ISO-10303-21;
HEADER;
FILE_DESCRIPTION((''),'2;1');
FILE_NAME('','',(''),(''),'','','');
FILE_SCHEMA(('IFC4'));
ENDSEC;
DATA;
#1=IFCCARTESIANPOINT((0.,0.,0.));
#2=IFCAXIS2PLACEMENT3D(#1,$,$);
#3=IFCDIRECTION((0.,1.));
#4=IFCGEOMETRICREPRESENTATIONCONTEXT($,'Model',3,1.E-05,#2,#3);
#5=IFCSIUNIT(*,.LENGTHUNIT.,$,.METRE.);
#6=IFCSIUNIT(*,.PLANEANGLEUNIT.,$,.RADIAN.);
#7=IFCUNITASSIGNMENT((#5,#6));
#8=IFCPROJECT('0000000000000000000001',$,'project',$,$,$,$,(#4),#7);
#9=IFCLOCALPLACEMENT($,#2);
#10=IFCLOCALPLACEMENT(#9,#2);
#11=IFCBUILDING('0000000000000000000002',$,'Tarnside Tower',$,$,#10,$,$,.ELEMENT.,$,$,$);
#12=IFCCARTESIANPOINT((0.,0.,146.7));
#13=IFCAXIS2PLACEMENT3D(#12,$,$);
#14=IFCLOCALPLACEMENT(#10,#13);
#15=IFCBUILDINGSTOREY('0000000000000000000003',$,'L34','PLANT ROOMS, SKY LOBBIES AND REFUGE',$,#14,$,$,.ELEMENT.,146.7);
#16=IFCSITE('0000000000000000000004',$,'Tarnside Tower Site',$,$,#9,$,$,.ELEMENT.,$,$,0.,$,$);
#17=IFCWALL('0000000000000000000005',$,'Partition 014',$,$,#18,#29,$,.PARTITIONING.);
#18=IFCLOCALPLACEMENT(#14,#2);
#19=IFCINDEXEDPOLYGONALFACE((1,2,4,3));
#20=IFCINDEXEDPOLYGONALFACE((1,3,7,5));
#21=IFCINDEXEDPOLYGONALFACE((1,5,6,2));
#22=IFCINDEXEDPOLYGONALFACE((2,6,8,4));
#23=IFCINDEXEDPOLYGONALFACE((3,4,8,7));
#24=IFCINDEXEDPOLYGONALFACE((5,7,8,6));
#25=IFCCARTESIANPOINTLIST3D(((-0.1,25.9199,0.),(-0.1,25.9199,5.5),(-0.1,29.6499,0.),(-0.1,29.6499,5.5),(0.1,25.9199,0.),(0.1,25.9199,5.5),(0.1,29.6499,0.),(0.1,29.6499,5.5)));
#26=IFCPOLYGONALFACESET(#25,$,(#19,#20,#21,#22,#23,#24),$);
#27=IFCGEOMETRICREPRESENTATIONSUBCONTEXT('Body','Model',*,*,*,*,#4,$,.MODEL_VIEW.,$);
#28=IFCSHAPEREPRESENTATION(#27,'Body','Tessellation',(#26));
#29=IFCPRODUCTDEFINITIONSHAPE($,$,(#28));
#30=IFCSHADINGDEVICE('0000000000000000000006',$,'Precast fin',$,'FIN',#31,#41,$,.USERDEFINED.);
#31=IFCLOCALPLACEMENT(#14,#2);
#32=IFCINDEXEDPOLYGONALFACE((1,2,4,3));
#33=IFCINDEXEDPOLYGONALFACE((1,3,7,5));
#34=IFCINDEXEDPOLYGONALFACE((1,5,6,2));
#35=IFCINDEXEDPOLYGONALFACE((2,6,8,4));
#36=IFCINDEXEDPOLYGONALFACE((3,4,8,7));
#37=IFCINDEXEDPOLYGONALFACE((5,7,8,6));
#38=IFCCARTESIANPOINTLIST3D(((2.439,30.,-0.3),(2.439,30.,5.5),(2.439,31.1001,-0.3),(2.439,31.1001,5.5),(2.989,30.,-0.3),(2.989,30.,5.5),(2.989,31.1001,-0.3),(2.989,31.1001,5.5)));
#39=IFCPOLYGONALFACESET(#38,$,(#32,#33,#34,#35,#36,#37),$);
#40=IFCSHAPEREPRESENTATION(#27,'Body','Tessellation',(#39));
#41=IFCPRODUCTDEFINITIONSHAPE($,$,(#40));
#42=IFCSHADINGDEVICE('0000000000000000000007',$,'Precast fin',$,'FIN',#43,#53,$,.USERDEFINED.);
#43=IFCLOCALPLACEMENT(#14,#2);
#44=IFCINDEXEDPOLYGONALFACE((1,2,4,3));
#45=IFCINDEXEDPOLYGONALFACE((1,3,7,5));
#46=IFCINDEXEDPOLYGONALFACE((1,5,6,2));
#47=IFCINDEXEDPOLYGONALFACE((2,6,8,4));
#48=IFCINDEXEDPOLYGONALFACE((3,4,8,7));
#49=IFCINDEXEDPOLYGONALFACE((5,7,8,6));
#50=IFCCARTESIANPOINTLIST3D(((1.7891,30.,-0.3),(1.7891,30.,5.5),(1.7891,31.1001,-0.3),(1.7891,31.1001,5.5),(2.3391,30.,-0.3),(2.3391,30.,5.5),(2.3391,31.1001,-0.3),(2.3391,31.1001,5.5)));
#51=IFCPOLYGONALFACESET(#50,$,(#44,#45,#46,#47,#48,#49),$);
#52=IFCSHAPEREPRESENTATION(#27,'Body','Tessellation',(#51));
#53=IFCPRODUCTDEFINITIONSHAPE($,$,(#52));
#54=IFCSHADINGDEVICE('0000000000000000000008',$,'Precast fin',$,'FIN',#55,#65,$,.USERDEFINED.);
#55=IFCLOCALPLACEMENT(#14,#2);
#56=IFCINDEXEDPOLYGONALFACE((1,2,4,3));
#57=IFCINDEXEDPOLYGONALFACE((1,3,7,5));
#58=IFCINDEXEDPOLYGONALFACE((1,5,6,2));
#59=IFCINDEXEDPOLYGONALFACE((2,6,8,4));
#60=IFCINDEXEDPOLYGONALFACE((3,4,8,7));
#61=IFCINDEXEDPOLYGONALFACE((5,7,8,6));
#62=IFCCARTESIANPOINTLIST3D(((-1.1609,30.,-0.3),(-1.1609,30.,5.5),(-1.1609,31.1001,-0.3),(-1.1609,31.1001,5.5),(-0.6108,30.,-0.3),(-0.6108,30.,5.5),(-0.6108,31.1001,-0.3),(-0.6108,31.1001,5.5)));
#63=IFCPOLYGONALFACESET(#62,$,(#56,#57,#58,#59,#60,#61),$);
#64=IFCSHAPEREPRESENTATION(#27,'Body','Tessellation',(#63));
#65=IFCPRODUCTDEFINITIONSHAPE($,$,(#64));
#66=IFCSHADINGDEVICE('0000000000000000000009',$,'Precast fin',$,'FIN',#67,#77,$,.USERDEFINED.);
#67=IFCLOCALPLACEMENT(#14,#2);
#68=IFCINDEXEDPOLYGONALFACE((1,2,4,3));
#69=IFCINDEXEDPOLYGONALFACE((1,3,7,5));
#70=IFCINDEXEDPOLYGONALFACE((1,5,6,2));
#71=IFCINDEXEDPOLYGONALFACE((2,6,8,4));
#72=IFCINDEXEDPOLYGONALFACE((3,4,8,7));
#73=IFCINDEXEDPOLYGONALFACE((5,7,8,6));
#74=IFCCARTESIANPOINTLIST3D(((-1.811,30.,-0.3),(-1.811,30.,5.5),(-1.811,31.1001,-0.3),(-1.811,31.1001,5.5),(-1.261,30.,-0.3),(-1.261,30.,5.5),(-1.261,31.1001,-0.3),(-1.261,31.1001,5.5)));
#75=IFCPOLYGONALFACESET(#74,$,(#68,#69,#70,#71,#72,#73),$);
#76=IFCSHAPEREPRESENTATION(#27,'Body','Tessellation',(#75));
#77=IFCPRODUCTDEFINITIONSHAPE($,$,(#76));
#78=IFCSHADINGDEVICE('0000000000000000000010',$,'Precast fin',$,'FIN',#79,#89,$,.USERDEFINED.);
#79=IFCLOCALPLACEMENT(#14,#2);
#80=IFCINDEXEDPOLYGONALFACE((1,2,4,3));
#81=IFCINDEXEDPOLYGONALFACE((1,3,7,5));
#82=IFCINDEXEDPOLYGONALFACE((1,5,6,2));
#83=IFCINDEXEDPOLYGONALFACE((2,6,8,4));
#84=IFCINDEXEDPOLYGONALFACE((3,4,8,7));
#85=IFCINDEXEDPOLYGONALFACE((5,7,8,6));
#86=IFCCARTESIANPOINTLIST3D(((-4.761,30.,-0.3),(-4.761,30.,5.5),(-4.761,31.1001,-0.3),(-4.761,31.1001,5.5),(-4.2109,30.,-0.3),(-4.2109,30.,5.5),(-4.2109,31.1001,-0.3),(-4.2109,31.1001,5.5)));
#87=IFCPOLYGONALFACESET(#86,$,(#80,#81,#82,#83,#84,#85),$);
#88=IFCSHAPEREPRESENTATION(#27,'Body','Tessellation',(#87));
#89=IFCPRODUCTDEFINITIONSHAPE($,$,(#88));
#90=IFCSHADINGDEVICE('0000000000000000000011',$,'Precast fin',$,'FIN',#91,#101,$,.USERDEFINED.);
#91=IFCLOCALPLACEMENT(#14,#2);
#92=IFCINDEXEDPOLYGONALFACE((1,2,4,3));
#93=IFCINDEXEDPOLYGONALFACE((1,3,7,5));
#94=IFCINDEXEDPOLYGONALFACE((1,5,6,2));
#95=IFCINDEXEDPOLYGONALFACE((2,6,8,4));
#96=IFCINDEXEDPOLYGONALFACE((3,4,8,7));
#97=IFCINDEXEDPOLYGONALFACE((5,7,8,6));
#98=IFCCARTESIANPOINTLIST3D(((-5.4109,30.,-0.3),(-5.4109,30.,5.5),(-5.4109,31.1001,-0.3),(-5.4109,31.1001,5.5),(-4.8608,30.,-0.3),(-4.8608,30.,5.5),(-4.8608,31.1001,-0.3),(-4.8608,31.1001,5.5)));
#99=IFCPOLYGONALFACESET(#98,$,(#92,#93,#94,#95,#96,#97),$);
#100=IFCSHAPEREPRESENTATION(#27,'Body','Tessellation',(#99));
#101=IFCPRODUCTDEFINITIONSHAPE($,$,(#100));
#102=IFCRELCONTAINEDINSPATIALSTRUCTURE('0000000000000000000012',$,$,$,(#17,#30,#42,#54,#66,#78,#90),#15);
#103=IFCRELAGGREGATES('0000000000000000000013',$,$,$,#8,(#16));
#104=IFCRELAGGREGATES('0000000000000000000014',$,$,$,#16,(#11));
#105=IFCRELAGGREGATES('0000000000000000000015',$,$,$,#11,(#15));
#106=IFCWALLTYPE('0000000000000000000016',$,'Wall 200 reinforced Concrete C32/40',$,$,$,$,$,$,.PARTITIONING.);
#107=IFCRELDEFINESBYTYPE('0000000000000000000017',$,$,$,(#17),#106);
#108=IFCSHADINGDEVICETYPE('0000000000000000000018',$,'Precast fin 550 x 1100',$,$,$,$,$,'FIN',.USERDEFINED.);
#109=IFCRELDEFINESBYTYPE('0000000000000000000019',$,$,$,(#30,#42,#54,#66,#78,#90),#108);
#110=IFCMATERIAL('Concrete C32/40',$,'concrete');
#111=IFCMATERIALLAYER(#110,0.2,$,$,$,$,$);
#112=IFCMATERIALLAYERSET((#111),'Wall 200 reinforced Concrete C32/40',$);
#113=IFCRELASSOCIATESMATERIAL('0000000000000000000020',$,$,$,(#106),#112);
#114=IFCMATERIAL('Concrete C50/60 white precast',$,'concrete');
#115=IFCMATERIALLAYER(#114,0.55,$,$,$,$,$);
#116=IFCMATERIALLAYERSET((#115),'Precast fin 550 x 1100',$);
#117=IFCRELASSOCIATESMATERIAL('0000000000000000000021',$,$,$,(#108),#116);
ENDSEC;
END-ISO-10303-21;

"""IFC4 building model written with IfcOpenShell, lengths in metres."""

from ifc_helpers import new_model, si_unit, direction, frame, frame_2d, origin, place, context, subcontext, project, spatial, polyline, rectangle, outline, extrude, material, layer, layer_set, type_object, element, save


model = new_model("IFC4")

# Units and contexts
model_context = context("Model", 3, precision=1e-05, world=origin(), true_north=direction((0.0, 1.0)))
body_context = subcontext(model_context, "Body", "Model", "MODEL_VIEW")
ifc_project = project(units=[si_unit("LENGTHUNIT", "METRE"), si_unit("PLANEANGLEUNIT", "RADIAN")], contexts=[model_context])

# Site, building, storey
site_placement = place(None, origin())
site = spatial("IfcSite", under=ifc_project, at=site_placement, Name="Tarnside Tower Site", CompositionType="ELEMENT", RefElevation=0.0)
building_placement = place(site_placement, origin())
building = spatial("IfcBuilding", under=site, at=building_placement, Name="Tarnside Tower", CompositionType="ELEMENT")
storey_placement = place(building_placement, frame((0.0, 0.0, 146.7)))
storey = spatial("IfcBuildingStorey", under=building, at=storey_placement, Name="L34", Description="PLANT ROOMS, SKY LOBBIES AND REFUGE", CompositionType="ELEMENT", Elevation=146.7)

# Wall
ifc_material_1 = material(Name="Concrete C32/40", Category="concrete")
ifc_layer_1 = layer(ifc_material_1, 0.2)
ifc_layer_set_1 = layer_set([ifc_layer_1], Name="Wall 200 reinforced Concrete C32/40")
wall_type = type_object("IfcWallType", Name="Wall 200 reinforced Concrete C32/40", PredefinedType="PARTITIONING", material=ifc_layer_set_1)
wall_placement = place(storey_placement, frame((0.0, 29.6499, 0.0), z_axis=(0.0, 0.0, 1.0), x_axis=(0.0, -1.0, 0.0)))
element("IfcWall", 1, at=wall_placement, inside=storey, type_object=wall_type, Name="Partition 014", PredefinedType="PARTITIONING", context=body_context, shape_type="SweptSolid", body=[
    extrude(rectangle(XDim=3.73, YDim=0.2, at=frame_2d((1.865, 0.0))), origin(), (0.0, 0.0, 1.0), 5.5),
])

# Shading devices
ifc_material_2 = material(Name="Concrete C50/60 white precast", Category="concrete")
ifc_layer_2 = layer(ifc_material_2, 0.55)
ifc_layer_set_2 = layer_set([ifc_layer_2], Name="Precast fin 550 x 1100")
shading_device_type = type_object("IfcShadingDeviceType", Name="Precast fin 550 x 1100", ElementType="FIN", PredefinedType="USERDEFINED", material=ifc_layer_set_2)
for number, where, z_axis, x_axis, name in (
    (2, (2.7139, 30.0, -0.3), (1.0, 0.0, 0.0), (0.0, 1.0, 0.0), "Precast fin"),
    (3, (2.064, 30.0, -0.3), (1.0, 0.0, 0.0), (0.0, 1.0, 0.0), "Precast fin"),
    (4, (-0.886, 30.0, -0.3), (1.0, 0.0, 0.0), (0.0, 1.0, 0.0), "Precast fin"),
    (5, (-1.5361, 30.0, -0.3), (1.0, 0.0, 0.0), (0.0, 1.0, 0.0), "Precast fin"),
    (6, (-4.4861, 30.0, -0.3), (1.0, 0.0, 0.0), (0.0, 1.0, 0.0), "Precast fin"),
    (7, (-5.136, 30.0, -0.3), (1.0, 0.0, 0.0), (0.0, 1.0, 0.0), "Precast fin"),
):
    element("IfcShadingDevice", number, at=place(storey_placement, frame(where, z_axis=z_axis, x_axis=x_axis)), inside=storey, type_object=shading_device_type, Name=name, ObjectType="FIN", PredefinedType="USERDEFINED", context=body_context, shape_type="SweptSolid", body=[
        extrude(outline(polyline([(0.0, 0.0), (1.1001, 0.0), (1.1001, 5.8), (0.0, 5.8), (0.0, 0.0)])), frame((0.0, 0.0, -0.2749)), (0.0, 0.0, 1.0), 0.55),
    ])

save(model, "model.ifc")
